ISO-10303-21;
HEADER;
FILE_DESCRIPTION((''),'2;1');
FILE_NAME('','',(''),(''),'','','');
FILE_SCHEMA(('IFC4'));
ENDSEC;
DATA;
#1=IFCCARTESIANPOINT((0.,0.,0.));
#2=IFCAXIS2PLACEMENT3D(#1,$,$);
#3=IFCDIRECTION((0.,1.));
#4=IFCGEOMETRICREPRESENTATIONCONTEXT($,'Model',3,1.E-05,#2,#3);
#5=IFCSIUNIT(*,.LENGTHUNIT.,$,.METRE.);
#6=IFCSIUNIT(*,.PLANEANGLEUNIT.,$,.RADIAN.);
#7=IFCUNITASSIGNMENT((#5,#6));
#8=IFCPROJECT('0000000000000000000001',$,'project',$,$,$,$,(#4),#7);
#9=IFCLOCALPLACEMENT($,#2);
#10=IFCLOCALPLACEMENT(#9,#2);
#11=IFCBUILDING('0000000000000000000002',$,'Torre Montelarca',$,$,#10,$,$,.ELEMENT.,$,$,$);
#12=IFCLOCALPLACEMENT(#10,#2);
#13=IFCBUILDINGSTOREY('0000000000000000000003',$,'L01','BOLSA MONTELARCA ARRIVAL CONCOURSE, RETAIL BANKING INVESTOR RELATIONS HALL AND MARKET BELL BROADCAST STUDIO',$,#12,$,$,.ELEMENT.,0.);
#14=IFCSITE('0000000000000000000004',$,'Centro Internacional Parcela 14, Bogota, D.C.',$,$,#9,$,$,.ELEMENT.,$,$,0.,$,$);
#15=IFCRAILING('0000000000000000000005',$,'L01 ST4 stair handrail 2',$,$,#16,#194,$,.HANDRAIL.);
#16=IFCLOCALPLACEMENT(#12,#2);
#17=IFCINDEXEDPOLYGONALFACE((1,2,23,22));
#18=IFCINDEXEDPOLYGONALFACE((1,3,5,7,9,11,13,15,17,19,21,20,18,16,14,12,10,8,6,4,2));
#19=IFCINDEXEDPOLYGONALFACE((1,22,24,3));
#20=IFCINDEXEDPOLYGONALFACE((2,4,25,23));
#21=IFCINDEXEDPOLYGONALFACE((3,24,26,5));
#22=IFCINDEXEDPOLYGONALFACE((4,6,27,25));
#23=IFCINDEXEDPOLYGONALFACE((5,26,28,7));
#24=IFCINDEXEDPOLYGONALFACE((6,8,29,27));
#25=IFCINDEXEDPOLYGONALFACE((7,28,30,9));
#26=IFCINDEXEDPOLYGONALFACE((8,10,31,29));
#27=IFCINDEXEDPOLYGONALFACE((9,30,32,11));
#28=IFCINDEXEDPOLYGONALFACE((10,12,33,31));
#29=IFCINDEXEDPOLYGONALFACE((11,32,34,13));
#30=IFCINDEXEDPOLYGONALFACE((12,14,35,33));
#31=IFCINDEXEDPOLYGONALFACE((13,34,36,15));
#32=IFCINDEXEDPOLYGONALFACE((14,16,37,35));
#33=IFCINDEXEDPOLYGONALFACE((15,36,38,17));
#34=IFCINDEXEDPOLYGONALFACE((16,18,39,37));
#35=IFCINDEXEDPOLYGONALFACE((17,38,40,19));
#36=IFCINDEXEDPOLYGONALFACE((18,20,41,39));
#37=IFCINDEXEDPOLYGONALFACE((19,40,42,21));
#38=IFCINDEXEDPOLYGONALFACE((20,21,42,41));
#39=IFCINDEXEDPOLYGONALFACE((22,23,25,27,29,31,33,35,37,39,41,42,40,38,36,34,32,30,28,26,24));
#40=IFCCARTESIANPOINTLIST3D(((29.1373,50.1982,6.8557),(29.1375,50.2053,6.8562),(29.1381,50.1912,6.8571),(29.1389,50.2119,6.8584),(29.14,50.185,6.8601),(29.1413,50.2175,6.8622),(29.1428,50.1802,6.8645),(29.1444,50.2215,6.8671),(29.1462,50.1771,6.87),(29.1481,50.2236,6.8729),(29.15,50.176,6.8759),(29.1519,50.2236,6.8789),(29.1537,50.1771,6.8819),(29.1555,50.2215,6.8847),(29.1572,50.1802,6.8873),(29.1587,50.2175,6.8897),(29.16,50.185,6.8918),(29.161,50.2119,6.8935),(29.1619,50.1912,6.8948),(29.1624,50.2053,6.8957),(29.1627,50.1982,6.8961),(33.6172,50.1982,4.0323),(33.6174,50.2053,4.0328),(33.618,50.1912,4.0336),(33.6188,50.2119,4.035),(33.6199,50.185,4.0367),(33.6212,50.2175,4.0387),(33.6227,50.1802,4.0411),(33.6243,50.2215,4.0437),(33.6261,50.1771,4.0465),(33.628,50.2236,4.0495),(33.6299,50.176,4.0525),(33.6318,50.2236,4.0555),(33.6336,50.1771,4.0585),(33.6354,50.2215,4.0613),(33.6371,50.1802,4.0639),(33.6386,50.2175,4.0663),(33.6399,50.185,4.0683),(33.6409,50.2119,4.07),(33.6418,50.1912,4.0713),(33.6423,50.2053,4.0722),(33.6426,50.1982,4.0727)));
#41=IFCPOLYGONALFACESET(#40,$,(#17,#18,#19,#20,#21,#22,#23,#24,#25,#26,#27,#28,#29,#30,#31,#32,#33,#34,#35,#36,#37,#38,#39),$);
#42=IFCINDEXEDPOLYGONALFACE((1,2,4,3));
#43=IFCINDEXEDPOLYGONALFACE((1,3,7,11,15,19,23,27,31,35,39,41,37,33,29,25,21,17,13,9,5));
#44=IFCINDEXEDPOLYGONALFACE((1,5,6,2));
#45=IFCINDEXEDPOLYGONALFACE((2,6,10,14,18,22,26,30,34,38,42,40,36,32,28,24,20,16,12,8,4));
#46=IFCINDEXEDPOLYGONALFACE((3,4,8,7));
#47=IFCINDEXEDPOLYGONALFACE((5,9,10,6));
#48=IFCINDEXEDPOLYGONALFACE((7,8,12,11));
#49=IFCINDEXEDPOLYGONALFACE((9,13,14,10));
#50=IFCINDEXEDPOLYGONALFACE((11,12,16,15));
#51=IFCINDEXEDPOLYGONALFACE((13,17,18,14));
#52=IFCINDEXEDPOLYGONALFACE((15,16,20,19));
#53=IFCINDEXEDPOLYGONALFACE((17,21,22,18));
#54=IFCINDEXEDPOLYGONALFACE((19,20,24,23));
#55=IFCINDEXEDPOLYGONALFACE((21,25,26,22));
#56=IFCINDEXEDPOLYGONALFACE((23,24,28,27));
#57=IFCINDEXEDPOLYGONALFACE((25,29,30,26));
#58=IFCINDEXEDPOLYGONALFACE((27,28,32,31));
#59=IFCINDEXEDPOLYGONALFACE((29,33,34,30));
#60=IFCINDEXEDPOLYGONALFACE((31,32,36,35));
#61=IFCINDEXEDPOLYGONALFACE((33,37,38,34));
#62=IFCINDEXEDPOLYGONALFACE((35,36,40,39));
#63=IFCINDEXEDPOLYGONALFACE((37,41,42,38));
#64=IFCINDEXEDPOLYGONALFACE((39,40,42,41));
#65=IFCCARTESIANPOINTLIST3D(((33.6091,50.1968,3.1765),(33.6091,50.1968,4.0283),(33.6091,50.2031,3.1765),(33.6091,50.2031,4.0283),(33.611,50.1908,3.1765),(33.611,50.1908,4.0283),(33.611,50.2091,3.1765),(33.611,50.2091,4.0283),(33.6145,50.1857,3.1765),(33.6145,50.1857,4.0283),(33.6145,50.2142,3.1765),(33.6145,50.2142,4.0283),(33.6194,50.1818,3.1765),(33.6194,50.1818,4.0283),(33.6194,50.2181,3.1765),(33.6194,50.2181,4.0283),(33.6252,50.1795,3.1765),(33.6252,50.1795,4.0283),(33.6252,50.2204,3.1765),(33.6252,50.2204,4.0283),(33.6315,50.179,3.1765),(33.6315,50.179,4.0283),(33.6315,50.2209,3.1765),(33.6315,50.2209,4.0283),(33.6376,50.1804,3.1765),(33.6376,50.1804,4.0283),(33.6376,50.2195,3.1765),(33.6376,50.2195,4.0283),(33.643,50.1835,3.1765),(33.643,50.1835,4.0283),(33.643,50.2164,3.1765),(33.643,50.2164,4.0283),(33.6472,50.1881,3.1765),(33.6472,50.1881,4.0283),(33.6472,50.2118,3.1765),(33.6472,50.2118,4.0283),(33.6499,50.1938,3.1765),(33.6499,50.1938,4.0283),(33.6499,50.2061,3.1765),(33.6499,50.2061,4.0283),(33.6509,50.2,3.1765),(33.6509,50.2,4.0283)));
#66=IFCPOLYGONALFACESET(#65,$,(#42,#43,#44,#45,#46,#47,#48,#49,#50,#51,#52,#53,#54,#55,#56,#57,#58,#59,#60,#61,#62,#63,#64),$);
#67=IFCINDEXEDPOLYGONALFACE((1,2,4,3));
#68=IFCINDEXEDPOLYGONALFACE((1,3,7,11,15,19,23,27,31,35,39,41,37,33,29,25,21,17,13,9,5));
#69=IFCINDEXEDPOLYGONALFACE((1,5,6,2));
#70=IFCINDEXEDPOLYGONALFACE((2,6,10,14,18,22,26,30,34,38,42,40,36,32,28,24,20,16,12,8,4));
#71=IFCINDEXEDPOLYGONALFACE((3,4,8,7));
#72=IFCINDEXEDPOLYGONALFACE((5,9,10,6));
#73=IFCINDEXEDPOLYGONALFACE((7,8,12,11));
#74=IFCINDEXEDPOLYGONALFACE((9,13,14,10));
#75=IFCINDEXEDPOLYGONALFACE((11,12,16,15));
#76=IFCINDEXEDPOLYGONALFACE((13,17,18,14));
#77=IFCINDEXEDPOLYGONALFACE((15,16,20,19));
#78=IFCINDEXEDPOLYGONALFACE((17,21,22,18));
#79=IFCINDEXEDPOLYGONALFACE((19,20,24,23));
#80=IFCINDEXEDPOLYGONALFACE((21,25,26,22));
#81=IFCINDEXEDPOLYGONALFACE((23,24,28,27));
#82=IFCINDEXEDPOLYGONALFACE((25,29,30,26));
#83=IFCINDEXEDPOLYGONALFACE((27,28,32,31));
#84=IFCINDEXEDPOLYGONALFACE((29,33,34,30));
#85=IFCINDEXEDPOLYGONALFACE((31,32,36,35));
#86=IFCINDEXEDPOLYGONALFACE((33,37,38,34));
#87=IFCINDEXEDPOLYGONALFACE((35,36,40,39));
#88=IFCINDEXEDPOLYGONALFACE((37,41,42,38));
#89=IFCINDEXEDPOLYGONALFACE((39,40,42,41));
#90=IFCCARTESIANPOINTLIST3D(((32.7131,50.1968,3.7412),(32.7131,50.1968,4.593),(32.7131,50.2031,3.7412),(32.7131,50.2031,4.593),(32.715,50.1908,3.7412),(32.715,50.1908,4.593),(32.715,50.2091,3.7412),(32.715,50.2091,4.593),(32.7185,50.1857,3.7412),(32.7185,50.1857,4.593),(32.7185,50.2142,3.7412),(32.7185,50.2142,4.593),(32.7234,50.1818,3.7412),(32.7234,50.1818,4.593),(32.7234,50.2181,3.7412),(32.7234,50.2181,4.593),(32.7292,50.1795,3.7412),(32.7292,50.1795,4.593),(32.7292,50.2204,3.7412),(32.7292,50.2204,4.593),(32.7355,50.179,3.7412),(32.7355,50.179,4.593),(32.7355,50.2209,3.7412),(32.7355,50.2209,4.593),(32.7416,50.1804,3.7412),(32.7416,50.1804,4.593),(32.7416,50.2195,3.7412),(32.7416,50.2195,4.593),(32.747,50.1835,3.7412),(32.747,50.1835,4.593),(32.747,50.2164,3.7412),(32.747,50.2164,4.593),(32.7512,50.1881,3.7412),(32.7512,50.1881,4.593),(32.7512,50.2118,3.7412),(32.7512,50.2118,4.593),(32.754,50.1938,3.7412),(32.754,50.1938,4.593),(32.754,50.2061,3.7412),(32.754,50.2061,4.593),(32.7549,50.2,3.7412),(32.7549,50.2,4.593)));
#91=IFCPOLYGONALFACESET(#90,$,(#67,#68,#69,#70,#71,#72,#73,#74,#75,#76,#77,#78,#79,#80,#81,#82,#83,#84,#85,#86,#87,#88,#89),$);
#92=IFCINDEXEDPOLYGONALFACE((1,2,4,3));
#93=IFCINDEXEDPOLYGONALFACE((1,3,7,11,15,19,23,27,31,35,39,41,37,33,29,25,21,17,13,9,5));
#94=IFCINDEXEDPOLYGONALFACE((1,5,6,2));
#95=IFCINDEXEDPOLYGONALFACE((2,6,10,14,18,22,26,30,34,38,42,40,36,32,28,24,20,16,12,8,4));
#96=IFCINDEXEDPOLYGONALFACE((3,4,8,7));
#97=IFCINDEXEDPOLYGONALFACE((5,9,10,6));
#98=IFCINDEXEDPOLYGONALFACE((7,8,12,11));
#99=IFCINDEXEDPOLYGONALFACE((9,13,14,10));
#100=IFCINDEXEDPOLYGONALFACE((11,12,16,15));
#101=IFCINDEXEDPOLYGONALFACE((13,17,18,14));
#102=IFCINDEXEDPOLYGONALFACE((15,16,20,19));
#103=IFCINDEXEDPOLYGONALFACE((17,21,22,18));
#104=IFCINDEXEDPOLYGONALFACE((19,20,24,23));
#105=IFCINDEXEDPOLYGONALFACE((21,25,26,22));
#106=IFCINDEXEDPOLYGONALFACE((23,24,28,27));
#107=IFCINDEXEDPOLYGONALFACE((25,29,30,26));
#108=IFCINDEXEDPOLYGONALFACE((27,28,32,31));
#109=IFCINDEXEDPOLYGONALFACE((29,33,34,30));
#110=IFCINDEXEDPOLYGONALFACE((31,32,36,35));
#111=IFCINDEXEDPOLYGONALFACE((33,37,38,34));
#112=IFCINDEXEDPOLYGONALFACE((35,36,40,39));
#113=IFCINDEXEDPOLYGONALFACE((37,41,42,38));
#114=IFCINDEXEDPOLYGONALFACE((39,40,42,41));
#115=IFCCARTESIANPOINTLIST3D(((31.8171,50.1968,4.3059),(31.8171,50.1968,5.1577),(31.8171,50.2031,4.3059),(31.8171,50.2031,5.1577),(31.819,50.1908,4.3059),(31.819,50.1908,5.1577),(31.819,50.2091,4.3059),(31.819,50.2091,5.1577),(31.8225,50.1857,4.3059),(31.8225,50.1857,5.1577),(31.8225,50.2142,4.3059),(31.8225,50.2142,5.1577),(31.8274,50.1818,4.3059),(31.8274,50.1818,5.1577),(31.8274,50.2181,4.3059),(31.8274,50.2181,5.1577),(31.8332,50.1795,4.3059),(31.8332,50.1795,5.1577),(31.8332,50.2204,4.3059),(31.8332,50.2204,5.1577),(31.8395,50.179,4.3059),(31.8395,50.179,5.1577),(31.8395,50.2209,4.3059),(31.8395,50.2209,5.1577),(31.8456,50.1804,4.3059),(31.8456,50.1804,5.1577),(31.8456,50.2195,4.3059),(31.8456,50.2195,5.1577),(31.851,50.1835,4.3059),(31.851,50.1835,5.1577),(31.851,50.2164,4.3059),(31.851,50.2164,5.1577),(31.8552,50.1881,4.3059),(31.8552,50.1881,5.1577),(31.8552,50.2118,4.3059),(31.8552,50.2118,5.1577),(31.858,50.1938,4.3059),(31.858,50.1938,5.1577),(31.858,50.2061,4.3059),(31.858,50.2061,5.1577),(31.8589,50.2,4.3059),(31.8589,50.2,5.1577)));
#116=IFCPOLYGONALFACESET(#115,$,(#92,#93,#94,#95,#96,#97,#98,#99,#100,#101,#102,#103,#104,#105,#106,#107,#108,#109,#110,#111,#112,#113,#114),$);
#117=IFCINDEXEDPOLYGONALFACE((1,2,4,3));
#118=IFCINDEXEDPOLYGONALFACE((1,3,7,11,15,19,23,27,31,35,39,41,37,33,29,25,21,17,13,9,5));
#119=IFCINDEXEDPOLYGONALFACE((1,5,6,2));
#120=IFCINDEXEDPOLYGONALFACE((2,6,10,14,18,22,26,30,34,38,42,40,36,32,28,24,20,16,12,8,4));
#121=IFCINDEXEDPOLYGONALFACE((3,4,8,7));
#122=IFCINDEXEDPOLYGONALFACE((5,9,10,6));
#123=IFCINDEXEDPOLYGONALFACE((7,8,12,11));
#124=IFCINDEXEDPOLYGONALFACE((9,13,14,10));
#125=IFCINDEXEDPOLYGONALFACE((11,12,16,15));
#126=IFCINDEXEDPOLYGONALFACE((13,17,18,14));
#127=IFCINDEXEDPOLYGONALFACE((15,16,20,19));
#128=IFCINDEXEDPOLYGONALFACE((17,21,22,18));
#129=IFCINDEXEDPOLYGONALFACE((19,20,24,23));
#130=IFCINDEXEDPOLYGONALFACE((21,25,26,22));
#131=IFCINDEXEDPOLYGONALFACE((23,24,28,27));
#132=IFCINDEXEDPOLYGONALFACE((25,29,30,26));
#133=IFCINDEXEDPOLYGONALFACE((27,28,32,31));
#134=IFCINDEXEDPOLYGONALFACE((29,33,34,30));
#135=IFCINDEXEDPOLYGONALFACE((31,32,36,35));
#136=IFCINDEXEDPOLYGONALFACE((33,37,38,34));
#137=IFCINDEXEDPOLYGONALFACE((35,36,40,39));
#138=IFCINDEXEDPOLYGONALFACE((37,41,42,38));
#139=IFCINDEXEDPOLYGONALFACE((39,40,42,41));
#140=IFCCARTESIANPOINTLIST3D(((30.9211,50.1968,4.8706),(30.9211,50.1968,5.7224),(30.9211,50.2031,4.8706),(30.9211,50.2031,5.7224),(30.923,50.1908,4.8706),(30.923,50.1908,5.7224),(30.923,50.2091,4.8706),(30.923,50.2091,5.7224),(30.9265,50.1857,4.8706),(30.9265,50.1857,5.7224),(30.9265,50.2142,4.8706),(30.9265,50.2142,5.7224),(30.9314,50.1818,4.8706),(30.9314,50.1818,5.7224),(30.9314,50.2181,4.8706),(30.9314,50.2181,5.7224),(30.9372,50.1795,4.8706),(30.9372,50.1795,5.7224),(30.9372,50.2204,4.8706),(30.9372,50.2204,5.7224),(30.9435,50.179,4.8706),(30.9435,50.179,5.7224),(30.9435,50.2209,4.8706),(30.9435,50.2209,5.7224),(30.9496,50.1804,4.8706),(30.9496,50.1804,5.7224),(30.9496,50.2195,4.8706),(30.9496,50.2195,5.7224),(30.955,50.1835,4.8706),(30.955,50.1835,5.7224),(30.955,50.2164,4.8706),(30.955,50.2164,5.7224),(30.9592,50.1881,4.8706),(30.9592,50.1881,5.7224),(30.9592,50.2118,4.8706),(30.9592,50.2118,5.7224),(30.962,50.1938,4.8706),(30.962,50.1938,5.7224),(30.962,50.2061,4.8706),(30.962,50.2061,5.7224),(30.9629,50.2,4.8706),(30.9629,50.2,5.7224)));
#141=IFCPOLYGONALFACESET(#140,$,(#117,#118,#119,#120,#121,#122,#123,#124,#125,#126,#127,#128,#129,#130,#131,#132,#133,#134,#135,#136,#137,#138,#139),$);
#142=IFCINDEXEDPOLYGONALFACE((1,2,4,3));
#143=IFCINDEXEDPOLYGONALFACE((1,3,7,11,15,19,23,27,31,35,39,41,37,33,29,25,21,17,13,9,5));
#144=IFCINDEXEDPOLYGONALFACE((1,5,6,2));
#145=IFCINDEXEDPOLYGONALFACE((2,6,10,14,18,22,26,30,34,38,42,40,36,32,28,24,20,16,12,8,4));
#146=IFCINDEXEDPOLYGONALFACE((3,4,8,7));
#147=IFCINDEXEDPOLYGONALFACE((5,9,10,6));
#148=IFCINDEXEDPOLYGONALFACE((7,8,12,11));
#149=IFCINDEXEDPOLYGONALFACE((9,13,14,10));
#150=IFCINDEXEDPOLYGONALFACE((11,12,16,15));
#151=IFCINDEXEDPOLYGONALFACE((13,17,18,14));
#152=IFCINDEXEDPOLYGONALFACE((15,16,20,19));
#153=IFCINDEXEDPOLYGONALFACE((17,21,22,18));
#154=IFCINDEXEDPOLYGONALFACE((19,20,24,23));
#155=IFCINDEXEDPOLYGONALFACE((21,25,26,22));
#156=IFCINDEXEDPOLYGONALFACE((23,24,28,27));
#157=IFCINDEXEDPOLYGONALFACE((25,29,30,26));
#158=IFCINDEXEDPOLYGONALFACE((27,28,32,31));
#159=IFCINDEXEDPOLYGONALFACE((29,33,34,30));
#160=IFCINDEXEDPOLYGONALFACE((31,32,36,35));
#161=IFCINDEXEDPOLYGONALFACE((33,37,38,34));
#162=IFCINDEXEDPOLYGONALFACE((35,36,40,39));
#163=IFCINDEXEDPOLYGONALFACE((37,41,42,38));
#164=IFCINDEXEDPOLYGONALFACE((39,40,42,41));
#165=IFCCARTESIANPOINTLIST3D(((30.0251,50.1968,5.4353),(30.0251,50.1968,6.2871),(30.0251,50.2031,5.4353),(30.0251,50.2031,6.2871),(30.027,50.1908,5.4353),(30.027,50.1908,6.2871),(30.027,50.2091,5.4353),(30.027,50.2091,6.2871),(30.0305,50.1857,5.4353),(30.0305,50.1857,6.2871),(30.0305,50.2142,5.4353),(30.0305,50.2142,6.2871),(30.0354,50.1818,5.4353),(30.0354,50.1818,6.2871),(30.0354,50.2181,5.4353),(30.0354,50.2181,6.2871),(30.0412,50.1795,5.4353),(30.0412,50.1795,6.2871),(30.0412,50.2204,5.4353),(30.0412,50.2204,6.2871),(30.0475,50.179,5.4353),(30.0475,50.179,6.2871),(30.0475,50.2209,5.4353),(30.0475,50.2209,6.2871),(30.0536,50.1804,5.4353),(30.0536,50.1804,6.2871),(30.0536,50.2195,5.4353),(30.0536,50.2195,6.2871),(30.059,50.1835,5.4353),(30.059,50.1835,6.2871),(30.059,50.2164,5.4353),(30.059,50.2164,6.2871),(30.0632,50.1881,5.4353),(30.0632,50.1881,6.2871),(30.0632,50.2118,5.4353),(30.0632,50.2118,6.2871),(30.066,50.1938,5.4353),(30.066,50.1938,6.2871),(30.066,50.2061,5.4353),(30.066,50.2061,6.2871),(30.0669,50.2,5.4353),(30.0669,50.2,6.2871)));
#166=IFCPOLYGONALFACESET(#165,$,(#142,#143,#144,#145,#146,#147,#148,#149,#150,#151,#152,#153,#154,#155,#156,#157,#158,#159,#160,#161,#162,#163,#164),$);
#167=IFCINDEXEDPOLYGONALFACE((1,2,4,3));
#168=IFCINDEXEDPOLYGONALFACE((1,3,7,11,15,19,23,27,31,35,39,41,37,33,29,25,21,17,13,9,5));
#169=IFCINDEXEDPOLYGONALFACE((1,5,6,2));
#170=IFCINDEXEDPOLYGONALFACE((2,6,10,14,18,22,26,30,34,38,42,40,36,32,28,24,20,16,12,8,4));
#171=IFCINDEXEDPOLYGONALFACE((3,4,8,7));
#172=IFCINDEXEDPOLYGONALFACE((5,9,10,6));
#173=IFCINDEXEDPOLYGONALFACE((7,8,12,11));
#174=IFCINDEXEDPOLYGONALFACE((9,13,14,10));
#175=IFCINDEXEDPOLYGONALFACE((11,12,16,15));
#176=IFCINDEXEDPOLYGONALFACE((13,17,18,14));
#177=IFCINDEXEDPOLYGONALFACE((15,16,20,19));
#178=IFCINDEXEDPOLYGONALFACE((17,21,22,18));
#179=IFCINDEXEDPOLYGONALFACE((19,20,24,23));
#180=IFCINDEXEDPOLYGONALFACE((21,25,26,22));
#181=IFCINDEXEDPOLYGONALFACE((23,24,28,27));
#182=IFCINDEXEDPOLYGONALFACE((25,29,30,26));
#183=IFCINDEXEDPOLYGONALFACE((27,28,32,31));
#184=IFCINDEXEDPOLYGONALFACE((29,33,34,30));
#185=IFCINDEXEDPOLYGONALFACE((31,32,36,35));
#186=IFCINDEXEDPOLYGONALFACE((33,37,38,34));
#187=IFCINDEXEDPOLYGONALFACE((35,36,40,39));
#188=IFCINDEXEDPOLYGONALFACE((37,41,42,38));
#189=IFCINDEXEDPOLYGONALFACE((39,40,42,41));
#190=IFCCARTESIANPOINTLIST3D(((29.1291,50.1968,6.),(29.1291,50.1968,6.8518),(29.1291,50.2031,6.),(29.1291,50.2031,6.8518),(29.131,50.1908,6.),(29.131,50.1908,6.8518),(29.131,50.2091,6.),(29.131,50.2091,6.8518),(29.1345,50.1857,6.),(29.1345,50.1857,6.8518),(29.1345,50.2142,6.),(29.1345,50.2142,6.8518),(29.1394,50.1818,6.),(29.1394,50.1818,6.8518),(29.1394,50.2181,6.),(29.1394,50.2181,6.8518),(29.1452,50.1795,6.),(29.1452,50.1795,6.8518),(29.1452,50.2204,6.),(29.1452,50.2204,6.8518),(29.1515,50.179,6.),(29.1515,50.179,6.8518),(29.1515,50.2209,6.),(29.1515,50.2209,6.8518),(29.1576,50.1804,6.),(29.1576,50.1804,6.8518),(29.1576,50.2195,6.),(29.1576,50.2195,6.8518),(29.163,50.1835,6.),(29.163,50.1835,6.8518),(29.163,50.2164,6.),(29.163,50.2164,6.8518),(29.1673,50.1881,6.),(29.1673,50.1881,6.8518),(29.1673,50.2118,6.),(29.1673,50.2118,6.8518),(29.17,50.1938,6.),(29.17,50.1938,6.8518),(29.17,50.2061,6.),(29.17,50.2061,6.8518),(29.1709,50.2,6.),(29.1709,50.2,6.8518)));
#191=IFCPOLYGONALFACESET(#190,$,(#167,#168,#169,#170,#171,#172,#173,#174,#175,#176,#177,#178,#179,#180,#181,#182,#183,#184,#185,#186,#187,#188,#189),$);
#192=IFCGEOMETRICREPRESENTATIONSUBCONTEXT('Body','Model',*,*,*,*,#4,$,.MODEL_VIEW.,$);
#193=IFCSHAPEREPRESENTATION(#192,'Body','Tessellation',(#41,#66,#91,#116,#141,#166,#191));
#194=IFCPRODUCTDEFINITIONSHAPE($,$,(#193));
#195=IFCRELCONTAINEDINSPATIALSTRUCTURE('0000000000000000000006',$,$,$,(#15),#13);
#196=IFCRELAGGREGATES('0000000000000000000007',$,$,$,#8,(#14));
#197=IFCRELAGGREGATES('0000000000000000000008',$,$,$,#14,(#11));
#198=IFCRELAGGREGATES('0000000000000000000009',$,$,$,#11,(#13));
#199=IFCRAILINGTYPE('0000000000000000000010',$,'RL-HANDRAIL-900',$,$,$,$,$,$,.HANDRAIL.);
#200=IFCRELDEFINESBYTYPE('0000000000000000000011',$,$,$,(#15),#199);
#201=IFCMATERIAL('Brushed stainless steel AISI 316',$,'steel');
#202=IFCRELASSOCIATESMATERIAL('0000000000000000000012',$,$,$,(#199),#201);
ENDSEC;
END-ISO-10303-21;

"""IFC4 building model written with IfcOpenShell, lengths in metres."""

from ifc_helpers import new_model, si_unit, direction, frame, origin, origin_2d, place, context, subcontext, project, spatial, circle, extrude, material, type_object, element, save


model = new_model("IFC4")

# Units and contexts
model_context = context("Model", 3, precision=1e-05, world=origin(), true_north=direction((0.0, 1.0)))
body_context = subcontext(model_context, "Body", "Model", "MODEL_VIEW")
ifc_project = project(units=[si_unit("LENGTHUNIT", "METRE"), si_unit("PLANEANGLEUNIT", "RADIAN")], contexts=[model_context])

# Site, building, storey
site_placement = place(None, origin())
site = spatial("IfcSite", under=ifc_project, at=site_placement, Name="Centro Internacional Parcela 14, Bogota, D.C.", CompositionType="ELEMENT", RefElevation=0.0)
building_placement = place(site_placement, origin())
building = spatial("IfcBuilding", under=site, at=building_placement, Name="Torre Montelarca", CompositionType="ELEMENT")
storey_placement = place(building_placement, origin())
storey = spatial("IfcBuildingStorey", under=building, at=storey_placement, Name="L01", Description="BOLSA MONTELARCA ARRIVAL CONCOURSE, RETAIL BANKING INVESTOR RELATIONS HALL AND MARKET BELL BROADCAST STUDIO", CompositionType="ELEMENT", Elevation=0.0)

# Railing
ifc_material_1 = material(Name="Brushed stainless steel AISI 316", Category="steel")
railing_type_1 = type_object("IfcRailingType", Name="RL-HANDRAIL-900", PredefinedType="HANDRAIL", material=ifc_material_1)
railing_1_placement = place(storey_placement, frame((33.6299, 50.2, 3.1765)))
element("IfcRailing", 1, at=railing_1_placement, inside=storey, type_object=railing_type_1, Name="L01 ST4 stair handrail 2", PredefinedType="HANDRAIL", context=body_context, shape_type="SweptSolid", body=[
    extrude(circle(Radius=0.0239, at=origin_2d()), frame((0.0, 0.0, 0.876), z_axis=(-0.845998, 0.0, 0.533186), x_axis=(0.0, -1.0, 0.0)), (0.0, 0.0, 1.0), 5.2954),
    extrude(circle(Radius=0.021, at=origin_2d()), origin(), (0.0, 0.0, 1.0), 0.8518),
    extrude(circle(Radius=0.021, at=origin_2d()), frame((-0.896, 0.0, 0.5647)), (0.0, 0.0, 1.0), 0.8518),
    extrude(circle(Radius=0.021, at=origin_2d()), frame((-1.792, 0.0, 1.1294)), (0.0, 0.0, 1.0), 0.8518),
    extrude(circle(Radius=0.021, at=origin_2d()), frame((-2.688, 0.0, 1.6941)), (0.0, 0.0, 1.0), 0.8518),
    extrude(circle(Radius=0.021, at=origin_2d()), frame((-3.584, 0.0, 2.2588)), (0.0, 0.0, 1.0), 0.8518),
    extrude(circle(Radius=0.021, at=origin_2d()), frame((-4.48, 0.0, 2.8235)), (0.0, 0.0, 1.0), 0.8518),
])

save(model, "model.ifc")
